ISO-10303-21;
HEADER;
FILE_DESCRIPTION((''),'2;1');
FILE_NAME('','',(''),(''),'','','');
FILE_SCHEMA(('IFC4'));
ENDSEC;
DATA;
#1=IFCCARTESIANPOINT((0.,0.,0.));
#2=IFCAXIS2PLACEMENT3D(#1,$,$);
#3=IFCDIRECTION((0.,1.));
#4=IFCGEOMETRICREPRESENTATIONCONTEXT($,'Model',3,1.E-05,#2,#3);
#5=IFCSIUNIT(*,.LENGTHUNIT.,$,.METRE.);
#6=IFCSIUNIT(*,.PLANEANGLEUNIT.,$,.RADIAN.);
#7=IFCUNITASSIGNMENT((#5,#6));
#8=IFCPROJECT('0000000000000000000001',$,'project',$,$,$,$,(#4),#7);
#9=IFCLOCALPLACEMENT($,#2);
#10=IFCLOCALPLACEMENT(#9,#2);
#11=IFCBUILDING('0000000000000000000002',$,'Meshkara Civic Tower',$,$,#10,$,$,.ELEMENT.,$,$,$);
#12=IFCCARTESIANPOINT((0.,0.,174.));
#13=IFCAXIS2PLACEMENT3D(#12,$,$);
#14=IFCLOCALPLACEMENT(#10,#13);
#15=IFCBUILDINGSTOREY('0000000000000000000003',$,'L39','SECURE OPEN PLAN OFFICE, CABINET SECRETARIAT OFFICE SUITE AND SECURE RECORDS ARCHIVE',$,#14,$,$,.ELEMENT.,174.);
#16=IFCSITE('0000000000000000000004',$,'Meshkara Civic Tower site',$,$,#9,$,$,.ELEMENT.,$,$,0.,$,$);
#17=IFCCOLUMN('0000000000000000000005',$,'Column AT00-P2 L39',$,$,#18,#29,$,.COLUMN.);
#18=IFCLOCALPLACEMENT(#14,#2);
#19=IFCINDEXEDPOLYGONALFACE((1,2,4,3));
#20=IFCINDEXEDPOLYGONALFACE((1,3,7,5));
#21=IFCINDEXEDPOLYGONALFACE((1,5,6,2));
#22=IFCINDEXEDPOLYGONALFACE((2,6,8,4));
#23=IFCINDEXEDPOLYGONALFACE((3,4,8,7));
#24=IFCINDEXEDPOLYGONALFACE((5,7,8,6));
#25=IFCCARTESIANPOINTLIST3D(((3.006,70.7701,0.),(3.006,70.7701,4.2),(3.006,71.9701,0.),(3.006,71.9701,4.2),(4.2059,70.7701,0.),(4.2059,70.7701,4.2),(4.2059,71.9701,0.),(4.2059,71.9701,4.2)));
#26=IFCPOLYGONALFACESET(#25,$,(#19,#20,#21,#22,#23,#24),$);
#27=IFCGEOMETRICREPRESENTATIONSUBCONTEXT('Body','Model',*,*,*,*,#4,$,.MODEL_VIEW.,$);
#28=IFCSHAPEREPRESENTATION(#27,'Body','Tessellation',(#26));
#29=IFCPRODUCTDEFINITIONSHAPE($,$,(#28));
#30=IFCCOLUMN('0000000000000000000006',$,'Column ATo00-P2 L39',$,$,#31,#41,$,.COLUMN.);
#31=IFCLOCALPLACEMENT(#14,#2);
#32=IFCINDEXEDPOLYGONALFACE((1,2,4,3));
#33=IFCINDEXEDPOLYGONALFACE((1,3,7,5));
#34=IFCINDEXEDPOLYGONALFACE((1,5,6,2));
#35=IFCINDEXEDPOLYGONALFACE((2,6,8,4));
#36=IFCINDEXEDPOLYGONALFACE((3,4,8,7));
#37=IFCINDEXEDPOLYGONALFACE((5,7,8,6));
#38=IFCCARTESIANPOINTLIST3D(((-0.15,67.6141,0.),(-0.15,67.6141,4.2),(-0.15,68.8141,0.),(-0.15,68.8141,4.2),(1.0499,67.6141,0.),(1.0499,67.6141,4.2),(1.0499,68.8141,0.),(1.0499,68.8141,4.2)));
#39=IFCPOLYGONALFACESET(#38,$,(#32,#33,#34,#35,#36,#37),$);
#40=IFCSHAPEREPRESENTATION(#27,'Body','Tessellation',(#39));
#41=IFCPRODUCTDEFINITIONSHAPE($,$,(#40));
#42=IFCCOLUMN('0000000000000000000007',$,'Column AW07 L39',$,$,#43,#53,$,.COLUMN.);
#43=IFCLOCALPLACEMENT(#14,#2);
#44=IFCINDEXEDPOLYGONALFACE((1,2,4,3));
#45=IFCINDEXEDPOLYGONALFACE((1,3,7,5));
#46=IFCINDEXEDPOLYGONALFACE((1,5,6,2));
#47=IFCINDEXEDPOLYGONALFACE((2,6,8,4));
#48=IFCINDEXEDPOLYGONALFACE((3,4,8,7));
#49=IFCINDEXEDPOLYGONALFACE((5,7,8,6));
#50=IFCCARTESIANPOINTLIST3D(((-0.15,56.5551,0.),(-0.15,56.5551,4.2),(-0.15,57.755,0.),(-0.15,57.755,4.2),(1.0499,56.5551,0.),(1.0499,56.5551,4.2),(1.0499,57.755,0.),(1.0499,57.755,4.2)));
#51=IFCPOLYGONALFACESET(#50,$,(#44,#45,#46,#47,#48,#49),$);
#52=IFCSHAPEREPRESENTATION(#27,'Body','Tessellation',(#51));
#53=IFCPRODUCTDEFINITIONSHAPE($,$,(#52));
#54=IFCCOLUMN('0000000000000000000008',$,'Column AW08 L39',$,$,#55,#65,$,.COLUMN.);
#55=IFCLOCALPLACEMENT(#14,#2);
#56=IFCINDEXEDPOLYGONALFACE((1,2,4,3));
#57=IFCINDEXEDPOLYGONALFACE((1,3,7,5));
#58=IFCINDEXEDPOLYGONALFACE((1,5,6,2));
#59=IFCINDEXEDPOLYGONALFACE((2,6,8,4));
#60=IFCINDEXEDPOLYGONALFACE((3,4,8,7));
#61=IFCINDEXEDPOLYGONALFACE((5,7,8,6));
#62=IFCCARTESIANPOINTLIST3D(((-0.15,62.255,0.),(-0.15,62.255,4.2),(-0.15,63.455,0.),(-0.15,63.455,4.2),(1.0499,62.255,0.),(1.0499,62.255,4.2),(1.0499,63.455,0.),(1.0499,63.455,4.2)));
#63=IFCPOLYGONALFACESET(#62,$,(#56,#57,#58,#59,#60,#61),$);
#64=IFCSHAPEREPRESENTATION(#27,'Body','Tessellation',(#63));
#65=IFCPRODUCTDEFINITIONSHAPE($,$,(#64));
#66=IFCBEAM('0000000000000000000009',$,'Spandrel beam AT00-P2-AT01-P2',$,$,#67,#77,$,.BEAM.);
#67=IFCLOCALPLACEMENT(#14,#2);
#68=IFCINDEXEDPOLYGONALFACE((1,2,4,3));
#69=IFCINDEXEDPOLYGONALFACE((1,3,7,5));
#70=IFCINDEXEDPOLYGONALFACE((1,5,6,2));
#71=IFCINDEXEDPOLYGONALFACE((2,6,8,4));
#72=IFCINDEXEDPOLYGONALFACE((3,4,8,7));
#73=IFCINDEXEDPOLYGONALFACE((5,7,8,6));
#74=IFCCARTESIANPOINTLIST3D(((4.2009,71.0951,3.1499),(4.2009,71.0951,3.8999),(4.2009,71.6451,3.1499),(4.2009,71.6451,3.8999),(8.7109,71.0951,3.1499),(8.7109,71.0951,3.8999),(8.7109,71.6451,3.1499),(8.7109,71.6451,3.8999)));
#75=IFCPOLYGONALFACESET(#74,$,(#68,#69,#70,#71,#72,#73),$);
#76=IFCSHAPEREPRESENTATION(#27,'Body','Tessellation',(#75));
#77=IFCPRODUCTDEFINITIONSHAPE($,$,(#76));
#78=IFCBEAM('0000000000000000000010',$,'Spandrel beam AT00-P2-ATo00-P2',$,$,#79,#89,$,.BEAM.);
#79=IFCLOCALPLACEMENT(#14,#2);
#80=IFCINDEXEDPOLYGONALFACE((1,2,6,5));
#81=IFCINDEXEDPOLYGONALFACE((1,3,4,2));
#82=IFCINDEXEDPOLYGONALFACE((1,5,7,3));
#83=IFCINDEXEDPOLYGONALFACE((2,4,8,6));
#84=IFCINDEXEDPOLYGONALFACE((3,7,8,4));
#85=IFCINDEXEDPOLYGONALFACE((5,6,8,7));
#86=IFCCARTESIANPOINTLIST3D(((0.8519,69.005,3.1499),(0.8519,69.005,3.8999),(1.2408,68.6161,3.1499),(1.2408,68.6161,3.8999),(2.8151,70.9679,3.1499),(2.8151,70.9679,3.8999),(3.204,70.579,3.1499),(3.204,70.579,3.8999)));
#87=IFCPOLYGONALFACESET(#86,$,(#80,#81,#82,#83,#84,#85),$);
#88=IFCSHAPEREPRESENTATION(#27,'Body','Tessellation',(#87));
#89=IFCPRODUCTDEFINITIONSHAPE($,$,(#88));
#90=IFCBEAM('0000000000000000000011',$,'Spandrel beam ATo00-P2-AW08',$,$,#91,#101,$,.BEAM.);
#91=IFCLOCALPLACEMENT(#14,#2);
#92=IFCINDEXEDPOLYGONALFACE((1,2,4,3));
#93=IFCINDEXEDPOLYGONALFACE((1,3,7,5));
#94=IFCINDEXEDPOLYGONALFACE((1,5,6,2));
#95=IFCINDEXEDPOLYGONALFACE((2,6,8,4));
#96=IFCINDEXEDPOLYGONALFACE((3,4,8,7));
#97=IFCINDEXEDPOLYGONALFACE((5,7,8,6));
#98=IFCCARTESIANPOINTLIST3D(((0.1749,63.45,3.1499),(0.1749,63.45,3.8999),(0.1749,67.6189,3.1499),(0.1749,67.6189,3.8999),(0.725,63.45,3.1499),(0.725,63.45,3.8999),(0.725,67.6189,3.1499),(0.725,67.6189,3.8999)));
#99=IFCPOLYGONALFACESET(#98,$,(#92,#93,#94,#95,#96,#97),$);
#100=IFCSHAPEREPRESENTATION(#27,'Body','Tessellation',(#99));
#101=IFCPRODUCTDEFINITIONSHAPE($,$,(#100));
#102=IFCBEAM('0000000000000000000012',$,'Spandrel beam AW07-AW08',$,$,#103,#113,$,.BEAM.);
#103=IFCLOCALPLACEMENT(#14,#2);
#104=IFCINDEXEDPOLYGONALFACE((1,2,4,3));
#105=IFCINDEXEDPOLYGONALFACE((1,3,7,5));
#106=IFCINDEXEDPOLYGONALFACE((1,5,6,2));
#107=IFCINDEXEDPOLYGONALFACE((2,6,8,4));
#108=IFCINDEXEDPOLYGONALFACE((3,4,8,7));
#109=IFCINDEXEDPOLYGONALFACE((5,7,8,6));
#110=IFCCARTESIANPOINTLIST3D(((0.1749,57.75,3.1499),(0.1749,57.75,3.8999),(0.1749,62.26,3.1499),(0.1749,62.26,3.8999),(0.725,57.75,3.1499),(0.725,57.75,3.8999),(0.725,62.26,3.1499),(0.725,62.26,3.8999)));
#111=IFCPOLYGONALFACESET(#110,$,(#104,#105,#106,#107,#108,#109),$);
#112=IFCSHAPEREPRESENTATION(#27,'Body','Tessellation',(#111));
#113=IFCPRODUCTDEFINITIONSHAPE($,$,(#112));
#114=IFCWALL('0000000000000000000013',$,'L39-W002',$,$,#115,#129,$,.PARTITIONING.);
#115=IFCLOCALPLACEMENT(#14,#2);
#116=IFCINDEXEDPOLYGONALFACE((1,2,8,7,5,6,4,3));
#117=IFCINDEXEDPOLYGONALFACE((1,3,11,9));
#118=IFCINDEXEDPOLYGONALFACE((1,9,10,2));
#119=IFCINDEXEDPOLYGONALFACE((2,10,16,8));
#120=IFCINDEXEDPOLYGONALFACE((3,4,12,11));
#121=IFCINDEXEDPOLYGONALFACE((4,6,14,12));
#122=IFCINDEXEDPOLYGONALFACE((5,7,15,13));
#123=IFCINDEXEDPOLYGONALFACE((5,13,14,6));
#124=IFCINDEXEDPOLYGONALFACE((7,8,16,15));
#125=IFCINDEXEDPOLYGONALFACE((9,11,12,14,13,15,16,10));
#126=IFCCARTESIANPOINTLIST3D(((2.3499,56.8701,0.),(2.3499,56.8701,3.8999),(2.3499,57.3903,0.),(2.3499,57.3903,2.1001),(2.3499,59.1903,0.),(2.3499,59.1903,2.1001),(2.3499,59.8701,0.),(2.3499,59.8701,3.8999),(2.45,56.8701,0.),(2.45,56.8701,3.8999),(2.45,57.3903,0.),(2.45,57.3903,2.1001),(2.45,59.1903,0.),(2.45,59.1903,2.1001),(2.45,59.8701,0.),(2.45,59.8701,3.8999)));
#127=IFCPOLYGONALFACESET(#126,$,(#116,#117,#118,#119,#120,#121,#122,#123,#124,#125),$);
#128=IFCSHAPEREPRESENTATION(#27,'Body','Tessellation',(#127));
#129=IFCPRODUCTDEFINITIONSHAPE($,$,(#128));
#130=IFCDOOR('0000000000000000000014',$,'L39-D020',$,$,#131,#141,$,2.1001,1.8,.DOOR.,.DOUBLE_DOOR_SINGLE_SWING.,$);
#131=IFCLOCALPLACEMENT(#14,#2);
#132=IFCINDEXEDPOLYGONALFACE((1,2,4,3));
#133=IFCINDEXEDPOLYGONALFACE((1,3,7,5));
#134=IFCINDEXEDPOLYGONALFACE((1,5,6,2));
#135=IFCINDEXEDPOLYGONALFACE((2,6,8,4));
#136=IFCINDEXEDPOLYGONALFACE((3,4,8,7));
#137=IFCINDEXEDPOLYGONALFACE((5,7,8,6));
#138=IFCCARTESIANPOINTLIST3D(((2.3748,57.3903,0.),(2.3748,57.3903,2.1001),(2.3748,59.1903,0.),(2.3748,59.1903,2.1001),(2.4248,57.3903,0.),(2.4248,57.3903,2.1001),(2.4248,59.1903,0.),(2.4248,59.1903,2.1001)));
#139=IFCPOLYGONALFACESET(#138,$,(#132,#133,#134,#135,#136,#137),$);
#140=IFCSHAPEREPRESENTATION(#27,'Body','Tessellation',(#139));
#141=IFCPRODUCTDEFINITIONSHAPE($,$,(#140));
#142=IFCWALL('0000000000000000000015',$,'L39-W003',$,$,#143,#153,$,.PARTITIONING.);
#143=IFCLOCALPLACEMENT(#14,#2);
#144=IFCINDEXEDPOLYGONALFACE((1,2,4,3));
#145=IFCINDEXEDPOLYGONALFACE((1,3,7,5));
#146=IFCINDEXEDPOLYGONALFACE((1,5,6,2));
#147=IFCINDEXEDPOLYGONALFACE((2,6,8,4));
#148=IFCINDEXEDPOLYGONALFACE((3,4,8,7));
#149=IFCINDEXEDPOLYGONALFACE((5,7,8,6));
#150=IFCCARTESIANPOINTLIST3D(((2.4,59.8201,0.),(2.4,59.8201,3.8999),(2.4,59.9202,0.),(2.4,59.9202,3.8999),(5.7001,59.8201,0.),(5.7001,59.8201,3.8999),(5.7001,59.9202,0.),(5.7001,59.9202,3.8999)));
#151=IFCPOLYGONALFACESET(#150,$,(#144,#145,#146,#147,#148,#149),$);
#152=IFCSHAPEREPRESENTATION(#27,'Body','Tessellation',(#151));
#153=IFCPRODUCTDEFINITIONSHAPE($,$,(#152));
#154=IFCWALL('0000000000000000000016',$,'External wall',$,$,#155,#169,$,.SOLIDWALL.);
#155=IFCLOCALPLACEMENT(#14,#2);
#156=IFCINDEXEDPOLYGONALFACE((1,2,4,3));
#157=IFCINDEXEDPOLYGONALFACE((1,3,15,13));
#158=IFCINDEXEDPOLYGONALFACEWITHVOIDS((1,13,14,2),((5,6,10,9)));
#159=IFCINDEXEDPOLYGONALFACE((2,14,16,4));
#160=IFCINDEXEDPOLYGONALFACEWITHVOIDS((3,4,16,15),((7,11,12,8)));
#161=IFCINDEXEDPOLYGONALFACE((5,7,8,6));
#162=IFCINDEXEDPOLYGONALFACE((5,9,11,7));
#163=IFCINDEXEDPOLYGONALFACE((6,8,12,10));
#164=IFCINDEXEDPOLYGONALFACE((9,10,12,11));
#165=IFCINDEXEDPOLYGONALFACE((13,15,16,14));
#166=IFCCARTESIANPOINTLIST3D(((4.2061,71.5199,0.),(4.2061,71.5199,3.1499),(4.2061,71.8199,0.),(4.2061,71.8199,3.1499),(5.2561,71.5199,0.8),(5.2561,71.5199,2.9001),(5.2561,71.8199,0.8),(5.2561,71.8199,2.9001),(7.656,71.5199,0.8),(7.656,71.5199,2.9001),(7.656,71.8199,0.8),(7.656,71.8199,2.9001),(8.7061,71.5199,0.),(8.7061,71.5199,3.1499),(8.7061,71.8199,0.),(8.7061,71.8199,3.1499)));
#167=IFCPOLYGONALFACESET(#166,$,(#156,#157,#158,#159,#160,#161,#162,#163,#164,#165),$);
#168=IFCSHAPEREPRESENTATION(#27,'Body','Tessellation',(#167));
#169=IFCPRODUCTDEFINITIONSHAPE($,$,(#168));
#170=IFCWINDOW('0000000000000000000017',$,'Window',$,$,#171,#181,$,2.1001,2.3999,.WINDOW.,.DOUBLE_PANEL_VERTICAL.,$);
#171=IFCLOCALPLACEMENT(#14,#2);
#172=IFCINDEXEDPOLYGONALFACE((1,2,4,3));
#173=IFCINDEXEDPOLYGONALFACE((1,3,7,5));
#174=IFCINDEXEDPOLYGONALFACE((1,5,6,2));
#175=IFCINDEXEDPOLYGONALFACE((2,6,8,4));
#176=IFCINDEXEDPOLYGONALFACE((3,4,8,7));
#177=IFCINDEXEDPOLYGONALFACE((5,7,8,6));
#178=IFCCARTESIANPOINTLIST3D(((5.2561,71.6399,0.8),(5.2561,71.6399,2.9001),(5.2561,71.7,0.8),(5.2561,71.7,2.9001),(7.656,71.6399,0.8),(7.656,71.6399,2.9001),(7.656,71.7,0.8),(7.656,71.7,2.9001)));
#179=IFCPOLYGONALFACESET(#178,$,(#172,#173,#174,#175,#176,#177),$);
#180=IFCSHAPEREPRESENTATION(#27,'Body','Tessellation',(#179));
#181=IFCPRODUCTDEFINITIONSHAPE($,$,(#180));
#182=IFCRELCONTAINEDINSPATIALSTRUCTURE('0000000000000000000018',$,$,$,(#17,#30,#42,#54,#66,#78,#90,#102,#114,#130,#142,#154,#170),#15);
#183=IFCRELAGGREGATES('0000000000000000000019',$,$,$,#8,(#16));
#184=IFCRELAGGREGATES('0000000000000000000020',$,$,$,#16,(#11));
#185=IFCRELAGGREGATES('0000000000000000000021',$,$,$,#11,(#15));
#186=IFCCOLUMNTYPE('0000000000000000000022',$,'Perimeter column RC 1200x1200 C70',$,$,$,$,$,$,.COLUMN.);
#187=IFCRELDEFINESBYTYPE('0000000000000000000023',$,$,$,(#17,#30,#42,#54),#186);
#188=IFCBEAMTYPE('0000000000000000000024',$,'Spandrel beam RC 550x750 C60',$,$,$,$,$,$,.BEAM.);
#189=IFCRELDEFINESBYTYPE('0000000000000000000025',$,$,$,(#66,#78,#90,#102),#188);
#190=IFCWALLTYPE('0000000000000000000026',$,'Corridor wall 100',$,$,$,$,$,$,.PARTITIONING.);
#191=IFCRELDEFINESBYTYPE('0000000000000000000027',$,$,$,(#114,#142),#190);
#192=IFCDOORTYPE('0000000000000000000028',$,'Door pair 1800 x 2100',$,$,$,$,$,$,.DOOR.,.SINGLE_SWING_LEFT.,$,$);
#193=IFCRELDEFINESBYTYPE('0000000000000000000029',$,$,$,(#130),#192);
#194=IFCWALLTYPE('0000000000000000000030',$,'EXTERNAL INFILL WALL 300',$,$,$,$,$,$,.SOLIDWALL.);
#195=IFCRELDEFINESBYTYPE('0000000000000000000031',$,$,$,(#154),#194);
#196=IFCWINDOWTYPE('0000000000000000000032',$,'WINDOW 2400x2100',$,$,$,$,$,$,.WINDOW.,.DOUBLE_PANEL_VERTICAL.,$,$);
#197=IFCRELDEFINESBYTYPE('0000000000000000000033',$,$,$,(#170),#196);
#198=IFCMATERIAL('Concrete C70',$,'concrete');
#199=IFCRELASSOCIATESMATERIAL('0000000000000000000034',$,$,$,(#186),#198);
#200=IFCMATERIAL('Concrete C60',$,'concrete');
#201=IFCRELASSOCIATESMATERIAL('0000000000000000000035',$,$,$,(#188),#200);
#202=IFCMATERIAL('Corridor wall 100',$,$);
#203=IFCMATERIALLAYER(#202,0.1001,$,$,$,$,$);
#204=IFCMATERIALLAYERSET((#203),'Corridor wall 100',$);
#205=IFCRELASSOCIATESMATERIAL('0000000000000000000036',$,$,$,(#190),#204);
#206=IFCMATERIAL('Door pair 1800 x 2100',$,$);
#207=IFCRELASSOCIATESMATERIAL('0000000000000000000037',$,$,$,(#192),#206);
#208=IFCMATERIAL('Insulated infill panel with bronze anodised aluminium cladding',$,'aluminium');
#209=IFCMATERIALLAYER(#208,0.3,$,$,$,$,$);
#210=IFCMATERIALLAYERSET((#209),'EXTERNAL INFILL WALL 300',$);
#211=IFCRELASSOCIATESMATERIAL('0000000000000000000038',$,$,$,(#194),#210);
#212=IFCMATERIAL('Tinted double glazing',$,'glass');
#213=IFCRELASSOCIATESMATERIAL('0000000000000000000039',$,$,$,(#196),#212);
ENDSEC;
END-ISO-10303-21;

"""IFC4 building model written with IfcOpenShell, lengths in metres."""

from ifc_helpers import new_model, si_unit, direction, frame, frame_2d, origin, origin_2d, place, context, subcontext, project, spatial, rectangle, extrude, material, layer, layer_set, material_profile, profile_set, type_object, element, fill, save


model = new_model("IFC4")

# Units and contexts
model_context = context("Model", 3, precision=1e-05, world=origin(), true_north=direction((0.0, 1.0)))
body_context = subcontext(model_context, "Body", "Model", "MODEL_VIEW")
ifc_project = project(units=[si_unit("LENGTHUNIT", "METRE"), si_unit("PLANEANGLEUNIT", "RADIAN")], contexts=[model_context])

# Site, building, storey
site_placement = place(None, origin())
site = spatial("IfcSite", under=ifc_project, at=site_placement, Name="Meshkara Civic Tower site", CompositionType="ELEMENT", RefElevation=0.0)
building_placement = place(site_placement, origin())
building = spatial("IfcBuilding", under=site, at=building_placement, Name="Meshkara Civic Tower", CompositionType="ELEMENT")
storey_placement = place(building_placement, frame((0.0, 0.0, 174.0)))
storey = spatial("IfcBuildingStorey", under=building, at=storey_placement, Name="L39", Description="SECURE OPEN PLAN OFFICE, CABINET SECRETARIAT OFFICE SUITE AND SECURE RECORDS ARCHIVE", CompositionType="ELEMENT", Elevation=174.0)

# Columns
ifc_material_1 = material(Name="Concrete C70", Category="concrete")
ifc_material_profile_1 = material_profile(ifc_material_1, rectangle(XDim=1.2, YDim=1.2, at=origin_2d()))
ifc_profile_set_1 = profile_set([ifc_material_profile_1], Name="Concrete C70")
column_type = type_object("IfcColumnType", Name="Perimeter column RC 1200x1200 C70", PredefinedType="COLUMN", material=ifc_profile_set_1)
for number, where, z_axis, x_axis, name in (
    (1, (3.606, 71.3701, 0.0), (0.0, 0.0, 1.0), (1.0, 0.0, 0.0), "Column AT00-P2 L39"),
    (2, (0.45, 68.2141, 0.0), (0.0, 0.0, 1.0), (1.0, 0.0, 0.0), "Column ATo00-P2 L39"),
    (3, (0.45, 57.155, 0.0), (0.0, 0.0, 1.0), (1.0, 0.0, 0.0), "Column AW07 L39"),
    (4, (0.45, 62.855, 0.0), (0.0, 0.0, 1.0), (1.0, 0.0, 0.0), "Column AW08 L39"),
):
    element("IfcColumn", number, at=place(storey_placement, frame(where, z_axis=z_axis, x_axis=x_axis)), inside=storey, type_object=column_type, Name=name, PredefinedType="COLUMN", context=body_context, shape_type="SweptSolid", body=[
        extrude(rectangle(XDim=1.2, YDim=1.2, at=origin_2d()), origin(), (0.0, 0.0, 1.0), 4.2),
    ])

# Beams
ifc_material_2 = material(Name="Concrete C60", Category="concrete")
ifc_material_profile_2 = material_profile(ifc_material_2, rectangle(XDim=0.55, YDim=0.75, at=origin_2d()))
ifc_profile_set_2 = profile_set([ifc_material_profile_2], Name="Concrete C60")
beam_type = type_object("IfcBeamType", Name="Spandrel beam RC 550x750 C60", PredefinedType="BEAM", material=ifc_profile_set_2)
beam_1_placement = place(storey_placement, frame((8.7109, 71.3701, 3.5249), z_axis=(-1.0, 0.0, 0.0), x_axis=(0.0, -1.0, 0.0)))
element("IfcBeam", 5, at=beam_1_placement, inside=storey, type_object=beam_type, Name="Spandrel beam AT00-P2-AT01-P2", PredefinedType="BEAM", context=body_context, shape_type="SweptSolid", body=[
    extrude(rectangle(XDim=0.55, YDim=0.75, at=origin_2d()), origin(), (0.0, 0.0, 1.0), 4.51),
])
beam_2_placement = place(storey_placement, frame((3.0095, 70.7734, 3.5249), z_axis=(-0.707151, -0.707063, 0.0), x_axis=(0.707063, -0.707151, 0.0)))
element("IfcBeam", 6, at=beam_2_placement, inside=storey, type_object=beam_type, Name="Spandrel beam AT00-P2-ATo00-P2", PredefinedType="BEAM", context=body_context, shape_type="SweptSolid", body=[
    extrude(rectangle(XDim=0.55, YDim=0.75, at=origin_2d()), origin(), (0.0, 0.0, 1.0), 2.7761),
])
beam_3_placement = place(storey_placement, frame((0.45, 67.6189, 3.5249), z_axis=(0.0, -1.0, 0.0), x_axis=(1.0, 0.0, 0.0)))
element("IfcBeam", 7, at=beam_3_placement, inside=storey, type_object=beam_type, Name="Spandrel beam ATo00-P2-AW08", PredefinedType="BEAM", context=body_context, shape_type="SweptSolid", body=[
    extrude(rectangle(XDim=0.55, YDim=0.75, at=origin_2d()), origin(), (0.0, 0.0, 1.0), 4.1689),
])
beam_4_placement = place(storey_placement, frame((0.45, 62.26, 3.5249), z_axis=(0.0, -1.0, 0.0), x_axis=(1.0, 0.0, 0.0)))
element("IfcBeam", 8, at=beam_4_placement, inside=storey, type_object=beam_type, Name="Spandrel beam AW07-AW08", PredefinedType="BEAM", context=body_context, shape_type="SweptSolid", body=[
    extrude(rectangle(XDim=0.55, YDim=0.75, at=origin_2d()), origin(), (0.0, 0.0, 1.0), 4.51),
])

# Wall, opening, door
ifc_material_3 = material(Name="Corridor wall 100")
ifc_layer_1 = layer(ifc_material_3, 0.1001)
ifc_layer_set_1 = layer_set([ifc_layer_1], Name="Corridor wall 100")
wall_type_1 = type_object("IfcWallType", Name="Corridor wall 100", PredefinedType="PARTITIONING", material=ifc_layer_set_1)
wall_1_placement = place(storey_placement, frame((2.3999, 59.8701, 0.0), z_axis=(0.0, 0.0, 1.0), x_axis=(0.0, -1.0, 0.0)))
wall_1 = element("IfcWall", 9, at=wall_1_placement, inside=storey, type_object=wall_type_1, Name="L39-W002", PredefinedType="PARTITIONING", context=body_context, shape_type="SweptSolid", body=[
    extrude(rectangle(XDim=3.0, YDim=0.1001, at=frame_2d((1.5, 0.0))), origin(), (0.0, 0.0, 1.0), 3.8999),
])
opening_1_placement = place(wall_1_placement, frame((0.6799, 0.0, 0.0)))
opening_1 = element("IfcOpeningElement", 10, at=opening_1_placement, cuts=wall_1, PredefinedType="OPENING", context=body_context, shape_type="SweptSolid", body=[
    extrude(rectangle(XDim=1.8, YDim=2.1001, at=frame_2d((0.8999, 1.05))), frame((0.0, 0.0601, 0.0), z_axis=(0.0, -1.0, 0.0), x_axis=(1.0, 0.0, 0.0)), (0.0, 0.0, 1.0), 0.1201),
])
ifc_material_4 = material(Name="Door pair 1800 x 2100")
door_type_1 = type_object("IfcDoorType", Name="Door pair 1800 x 2100", OperationType="SINGLE_SWING_LEFT", PredefinedType="DOOR", material=ifc_material_4)
door_1_placement = place(opening_1_placement, origin())
door_1 = element("IfcDoor", 11, at=door_1_placement, inside=storey, type_object=door_type_1, Name="L39-D020", OperationType="DOUBLE_DOOR_SINGLE_SWING", OverallHeight=2.1001, OverallWidth=1.8, PredefinedType="DOOR", context=body_context, shape_type="SweptSolid", body=[
    extrude(rectangle(XDim=1.8, YDim=2.1001, at=frame_2d((0.8999, 1.05))), frame((0.0, 0.0249, 0.0), z_axis=(0.0, -1.0, 0.0), x_axis=(1.0, 0.0, 0.0)), (0.0, 0.0, 1.0), 0.05),
])
fill(opening_1, door_1)

# Wall
wall_2_placement = place(storey_placement, frame((5.7, 59.8701, 0.0), z_axis=(0.0, 0.0, 1.0), x_axis=(-1.0, 0.0, 0.0)))
element("IfcWall", 12, at=wall_2_placement, inside=storey, type_object=wall_type_1, Name="L39-W003", PredefinedType="PARTITIONING", context=body_context, shape_type="SweptSolid", body=[
    extrude(rectangle(XDim=3.3, YDim=0.1001, at=frame_2d((1.6499, 0.0))), origin(), (0.0, 0.0, 1.0), 3.8999),
])

# Wall, opening, window
ifc_material_5 = material(Name="Insulated infill panel with bronze anodised aluminium cladding", Category="aluminium")
ifc_layer_2 = layer(ifc_material_5, 0.3)
ifc_layer_set_2 = layer_set([ifc_layer_2], Name="EXTERNAL INFILL WALL 300")
wall_type_2 = type_object("IfcWallType", Name="EXTERNAL INFILL WALL 300", PredefinedType="SOLIDWALL", material=ifc_layer_set_2)
wall_3_placement = place(storey_placement, frame((8.7061, 71.6699, 0.0), z_axis=(0.0, 0.0, 1.0), x_axis=(-1.0, 0.0, 0.0)))
wall_3 = element("IfcWall", 13, at=wall_3_placement, inside=storey, type_object=wall_type_2, Name="External wall", PredefinedType="SOLIDWALL", context=body_context, shape_type="SweptSolid", body=[
    extrude(rectangle(XDim=4.5, YDim=0.3, at=frame_2d((2.25, 0.0))), origin(), (0.0, 0.0, 1.0), 3.1499),
])
opening_2_placement = place(wall_3_placement, frame((1.05, 0.0, 0.8)))
opening_2 = element("IfcOpeningElement", 14, at=opening_2_placement, cuts=wall_3, PredefinedType="OPENING", context=body_context, shape_type="SweptSolid", body=[
    extrude(rectangle(XDim=2.3999, YDim=2.1001, at=frame_2d((1.2, 1.05))), frame((0.0, 0.1599, 0.0), z_axis=(0.0, -1.0, 0.0), x_axis=(1.0, 0.0, 0.0)), (0.0, 0.0, 1.0), 0.3201),
])
ifc_material_6 = material(Name="Tinted double glazing", Category="glass")
window_type_1 = type_object("IfcWindowType", Name="WINDOW 2400x2100", PartitioningType="DOUBLE_PANEL_VERTICAL", PredefinedType="WINDOW", material=ifc_material_6)
window_1_placement = place(opening_2_placement, origin())
window_1 = element("IfcWindow", 15, at=window_1_placement, inside=storey, type_object=window_type_1, Name="Window", OverallHeight=2.1001, OverallWidth=2.3999, PartitioningType="DOUBLE_PANEL_VERTICAL", PredefinedType="WINDOW", context=body_context, shape_type="SweptSolid", body=[
    extrude(rectangle(XDim=2.3999, YDim=2.1001, at=frame_2d((1.2, 1.05))), frame((0.0, 0.03, 0.0), z_axis=(0.0, -1.0, 0.0), x_axis=(1.0, 0.0, 0.0)), (0.0, 0.0, 1.0), 0.0601),
])
fill(opening_2, window_1)

save(model, "model.ifc")
